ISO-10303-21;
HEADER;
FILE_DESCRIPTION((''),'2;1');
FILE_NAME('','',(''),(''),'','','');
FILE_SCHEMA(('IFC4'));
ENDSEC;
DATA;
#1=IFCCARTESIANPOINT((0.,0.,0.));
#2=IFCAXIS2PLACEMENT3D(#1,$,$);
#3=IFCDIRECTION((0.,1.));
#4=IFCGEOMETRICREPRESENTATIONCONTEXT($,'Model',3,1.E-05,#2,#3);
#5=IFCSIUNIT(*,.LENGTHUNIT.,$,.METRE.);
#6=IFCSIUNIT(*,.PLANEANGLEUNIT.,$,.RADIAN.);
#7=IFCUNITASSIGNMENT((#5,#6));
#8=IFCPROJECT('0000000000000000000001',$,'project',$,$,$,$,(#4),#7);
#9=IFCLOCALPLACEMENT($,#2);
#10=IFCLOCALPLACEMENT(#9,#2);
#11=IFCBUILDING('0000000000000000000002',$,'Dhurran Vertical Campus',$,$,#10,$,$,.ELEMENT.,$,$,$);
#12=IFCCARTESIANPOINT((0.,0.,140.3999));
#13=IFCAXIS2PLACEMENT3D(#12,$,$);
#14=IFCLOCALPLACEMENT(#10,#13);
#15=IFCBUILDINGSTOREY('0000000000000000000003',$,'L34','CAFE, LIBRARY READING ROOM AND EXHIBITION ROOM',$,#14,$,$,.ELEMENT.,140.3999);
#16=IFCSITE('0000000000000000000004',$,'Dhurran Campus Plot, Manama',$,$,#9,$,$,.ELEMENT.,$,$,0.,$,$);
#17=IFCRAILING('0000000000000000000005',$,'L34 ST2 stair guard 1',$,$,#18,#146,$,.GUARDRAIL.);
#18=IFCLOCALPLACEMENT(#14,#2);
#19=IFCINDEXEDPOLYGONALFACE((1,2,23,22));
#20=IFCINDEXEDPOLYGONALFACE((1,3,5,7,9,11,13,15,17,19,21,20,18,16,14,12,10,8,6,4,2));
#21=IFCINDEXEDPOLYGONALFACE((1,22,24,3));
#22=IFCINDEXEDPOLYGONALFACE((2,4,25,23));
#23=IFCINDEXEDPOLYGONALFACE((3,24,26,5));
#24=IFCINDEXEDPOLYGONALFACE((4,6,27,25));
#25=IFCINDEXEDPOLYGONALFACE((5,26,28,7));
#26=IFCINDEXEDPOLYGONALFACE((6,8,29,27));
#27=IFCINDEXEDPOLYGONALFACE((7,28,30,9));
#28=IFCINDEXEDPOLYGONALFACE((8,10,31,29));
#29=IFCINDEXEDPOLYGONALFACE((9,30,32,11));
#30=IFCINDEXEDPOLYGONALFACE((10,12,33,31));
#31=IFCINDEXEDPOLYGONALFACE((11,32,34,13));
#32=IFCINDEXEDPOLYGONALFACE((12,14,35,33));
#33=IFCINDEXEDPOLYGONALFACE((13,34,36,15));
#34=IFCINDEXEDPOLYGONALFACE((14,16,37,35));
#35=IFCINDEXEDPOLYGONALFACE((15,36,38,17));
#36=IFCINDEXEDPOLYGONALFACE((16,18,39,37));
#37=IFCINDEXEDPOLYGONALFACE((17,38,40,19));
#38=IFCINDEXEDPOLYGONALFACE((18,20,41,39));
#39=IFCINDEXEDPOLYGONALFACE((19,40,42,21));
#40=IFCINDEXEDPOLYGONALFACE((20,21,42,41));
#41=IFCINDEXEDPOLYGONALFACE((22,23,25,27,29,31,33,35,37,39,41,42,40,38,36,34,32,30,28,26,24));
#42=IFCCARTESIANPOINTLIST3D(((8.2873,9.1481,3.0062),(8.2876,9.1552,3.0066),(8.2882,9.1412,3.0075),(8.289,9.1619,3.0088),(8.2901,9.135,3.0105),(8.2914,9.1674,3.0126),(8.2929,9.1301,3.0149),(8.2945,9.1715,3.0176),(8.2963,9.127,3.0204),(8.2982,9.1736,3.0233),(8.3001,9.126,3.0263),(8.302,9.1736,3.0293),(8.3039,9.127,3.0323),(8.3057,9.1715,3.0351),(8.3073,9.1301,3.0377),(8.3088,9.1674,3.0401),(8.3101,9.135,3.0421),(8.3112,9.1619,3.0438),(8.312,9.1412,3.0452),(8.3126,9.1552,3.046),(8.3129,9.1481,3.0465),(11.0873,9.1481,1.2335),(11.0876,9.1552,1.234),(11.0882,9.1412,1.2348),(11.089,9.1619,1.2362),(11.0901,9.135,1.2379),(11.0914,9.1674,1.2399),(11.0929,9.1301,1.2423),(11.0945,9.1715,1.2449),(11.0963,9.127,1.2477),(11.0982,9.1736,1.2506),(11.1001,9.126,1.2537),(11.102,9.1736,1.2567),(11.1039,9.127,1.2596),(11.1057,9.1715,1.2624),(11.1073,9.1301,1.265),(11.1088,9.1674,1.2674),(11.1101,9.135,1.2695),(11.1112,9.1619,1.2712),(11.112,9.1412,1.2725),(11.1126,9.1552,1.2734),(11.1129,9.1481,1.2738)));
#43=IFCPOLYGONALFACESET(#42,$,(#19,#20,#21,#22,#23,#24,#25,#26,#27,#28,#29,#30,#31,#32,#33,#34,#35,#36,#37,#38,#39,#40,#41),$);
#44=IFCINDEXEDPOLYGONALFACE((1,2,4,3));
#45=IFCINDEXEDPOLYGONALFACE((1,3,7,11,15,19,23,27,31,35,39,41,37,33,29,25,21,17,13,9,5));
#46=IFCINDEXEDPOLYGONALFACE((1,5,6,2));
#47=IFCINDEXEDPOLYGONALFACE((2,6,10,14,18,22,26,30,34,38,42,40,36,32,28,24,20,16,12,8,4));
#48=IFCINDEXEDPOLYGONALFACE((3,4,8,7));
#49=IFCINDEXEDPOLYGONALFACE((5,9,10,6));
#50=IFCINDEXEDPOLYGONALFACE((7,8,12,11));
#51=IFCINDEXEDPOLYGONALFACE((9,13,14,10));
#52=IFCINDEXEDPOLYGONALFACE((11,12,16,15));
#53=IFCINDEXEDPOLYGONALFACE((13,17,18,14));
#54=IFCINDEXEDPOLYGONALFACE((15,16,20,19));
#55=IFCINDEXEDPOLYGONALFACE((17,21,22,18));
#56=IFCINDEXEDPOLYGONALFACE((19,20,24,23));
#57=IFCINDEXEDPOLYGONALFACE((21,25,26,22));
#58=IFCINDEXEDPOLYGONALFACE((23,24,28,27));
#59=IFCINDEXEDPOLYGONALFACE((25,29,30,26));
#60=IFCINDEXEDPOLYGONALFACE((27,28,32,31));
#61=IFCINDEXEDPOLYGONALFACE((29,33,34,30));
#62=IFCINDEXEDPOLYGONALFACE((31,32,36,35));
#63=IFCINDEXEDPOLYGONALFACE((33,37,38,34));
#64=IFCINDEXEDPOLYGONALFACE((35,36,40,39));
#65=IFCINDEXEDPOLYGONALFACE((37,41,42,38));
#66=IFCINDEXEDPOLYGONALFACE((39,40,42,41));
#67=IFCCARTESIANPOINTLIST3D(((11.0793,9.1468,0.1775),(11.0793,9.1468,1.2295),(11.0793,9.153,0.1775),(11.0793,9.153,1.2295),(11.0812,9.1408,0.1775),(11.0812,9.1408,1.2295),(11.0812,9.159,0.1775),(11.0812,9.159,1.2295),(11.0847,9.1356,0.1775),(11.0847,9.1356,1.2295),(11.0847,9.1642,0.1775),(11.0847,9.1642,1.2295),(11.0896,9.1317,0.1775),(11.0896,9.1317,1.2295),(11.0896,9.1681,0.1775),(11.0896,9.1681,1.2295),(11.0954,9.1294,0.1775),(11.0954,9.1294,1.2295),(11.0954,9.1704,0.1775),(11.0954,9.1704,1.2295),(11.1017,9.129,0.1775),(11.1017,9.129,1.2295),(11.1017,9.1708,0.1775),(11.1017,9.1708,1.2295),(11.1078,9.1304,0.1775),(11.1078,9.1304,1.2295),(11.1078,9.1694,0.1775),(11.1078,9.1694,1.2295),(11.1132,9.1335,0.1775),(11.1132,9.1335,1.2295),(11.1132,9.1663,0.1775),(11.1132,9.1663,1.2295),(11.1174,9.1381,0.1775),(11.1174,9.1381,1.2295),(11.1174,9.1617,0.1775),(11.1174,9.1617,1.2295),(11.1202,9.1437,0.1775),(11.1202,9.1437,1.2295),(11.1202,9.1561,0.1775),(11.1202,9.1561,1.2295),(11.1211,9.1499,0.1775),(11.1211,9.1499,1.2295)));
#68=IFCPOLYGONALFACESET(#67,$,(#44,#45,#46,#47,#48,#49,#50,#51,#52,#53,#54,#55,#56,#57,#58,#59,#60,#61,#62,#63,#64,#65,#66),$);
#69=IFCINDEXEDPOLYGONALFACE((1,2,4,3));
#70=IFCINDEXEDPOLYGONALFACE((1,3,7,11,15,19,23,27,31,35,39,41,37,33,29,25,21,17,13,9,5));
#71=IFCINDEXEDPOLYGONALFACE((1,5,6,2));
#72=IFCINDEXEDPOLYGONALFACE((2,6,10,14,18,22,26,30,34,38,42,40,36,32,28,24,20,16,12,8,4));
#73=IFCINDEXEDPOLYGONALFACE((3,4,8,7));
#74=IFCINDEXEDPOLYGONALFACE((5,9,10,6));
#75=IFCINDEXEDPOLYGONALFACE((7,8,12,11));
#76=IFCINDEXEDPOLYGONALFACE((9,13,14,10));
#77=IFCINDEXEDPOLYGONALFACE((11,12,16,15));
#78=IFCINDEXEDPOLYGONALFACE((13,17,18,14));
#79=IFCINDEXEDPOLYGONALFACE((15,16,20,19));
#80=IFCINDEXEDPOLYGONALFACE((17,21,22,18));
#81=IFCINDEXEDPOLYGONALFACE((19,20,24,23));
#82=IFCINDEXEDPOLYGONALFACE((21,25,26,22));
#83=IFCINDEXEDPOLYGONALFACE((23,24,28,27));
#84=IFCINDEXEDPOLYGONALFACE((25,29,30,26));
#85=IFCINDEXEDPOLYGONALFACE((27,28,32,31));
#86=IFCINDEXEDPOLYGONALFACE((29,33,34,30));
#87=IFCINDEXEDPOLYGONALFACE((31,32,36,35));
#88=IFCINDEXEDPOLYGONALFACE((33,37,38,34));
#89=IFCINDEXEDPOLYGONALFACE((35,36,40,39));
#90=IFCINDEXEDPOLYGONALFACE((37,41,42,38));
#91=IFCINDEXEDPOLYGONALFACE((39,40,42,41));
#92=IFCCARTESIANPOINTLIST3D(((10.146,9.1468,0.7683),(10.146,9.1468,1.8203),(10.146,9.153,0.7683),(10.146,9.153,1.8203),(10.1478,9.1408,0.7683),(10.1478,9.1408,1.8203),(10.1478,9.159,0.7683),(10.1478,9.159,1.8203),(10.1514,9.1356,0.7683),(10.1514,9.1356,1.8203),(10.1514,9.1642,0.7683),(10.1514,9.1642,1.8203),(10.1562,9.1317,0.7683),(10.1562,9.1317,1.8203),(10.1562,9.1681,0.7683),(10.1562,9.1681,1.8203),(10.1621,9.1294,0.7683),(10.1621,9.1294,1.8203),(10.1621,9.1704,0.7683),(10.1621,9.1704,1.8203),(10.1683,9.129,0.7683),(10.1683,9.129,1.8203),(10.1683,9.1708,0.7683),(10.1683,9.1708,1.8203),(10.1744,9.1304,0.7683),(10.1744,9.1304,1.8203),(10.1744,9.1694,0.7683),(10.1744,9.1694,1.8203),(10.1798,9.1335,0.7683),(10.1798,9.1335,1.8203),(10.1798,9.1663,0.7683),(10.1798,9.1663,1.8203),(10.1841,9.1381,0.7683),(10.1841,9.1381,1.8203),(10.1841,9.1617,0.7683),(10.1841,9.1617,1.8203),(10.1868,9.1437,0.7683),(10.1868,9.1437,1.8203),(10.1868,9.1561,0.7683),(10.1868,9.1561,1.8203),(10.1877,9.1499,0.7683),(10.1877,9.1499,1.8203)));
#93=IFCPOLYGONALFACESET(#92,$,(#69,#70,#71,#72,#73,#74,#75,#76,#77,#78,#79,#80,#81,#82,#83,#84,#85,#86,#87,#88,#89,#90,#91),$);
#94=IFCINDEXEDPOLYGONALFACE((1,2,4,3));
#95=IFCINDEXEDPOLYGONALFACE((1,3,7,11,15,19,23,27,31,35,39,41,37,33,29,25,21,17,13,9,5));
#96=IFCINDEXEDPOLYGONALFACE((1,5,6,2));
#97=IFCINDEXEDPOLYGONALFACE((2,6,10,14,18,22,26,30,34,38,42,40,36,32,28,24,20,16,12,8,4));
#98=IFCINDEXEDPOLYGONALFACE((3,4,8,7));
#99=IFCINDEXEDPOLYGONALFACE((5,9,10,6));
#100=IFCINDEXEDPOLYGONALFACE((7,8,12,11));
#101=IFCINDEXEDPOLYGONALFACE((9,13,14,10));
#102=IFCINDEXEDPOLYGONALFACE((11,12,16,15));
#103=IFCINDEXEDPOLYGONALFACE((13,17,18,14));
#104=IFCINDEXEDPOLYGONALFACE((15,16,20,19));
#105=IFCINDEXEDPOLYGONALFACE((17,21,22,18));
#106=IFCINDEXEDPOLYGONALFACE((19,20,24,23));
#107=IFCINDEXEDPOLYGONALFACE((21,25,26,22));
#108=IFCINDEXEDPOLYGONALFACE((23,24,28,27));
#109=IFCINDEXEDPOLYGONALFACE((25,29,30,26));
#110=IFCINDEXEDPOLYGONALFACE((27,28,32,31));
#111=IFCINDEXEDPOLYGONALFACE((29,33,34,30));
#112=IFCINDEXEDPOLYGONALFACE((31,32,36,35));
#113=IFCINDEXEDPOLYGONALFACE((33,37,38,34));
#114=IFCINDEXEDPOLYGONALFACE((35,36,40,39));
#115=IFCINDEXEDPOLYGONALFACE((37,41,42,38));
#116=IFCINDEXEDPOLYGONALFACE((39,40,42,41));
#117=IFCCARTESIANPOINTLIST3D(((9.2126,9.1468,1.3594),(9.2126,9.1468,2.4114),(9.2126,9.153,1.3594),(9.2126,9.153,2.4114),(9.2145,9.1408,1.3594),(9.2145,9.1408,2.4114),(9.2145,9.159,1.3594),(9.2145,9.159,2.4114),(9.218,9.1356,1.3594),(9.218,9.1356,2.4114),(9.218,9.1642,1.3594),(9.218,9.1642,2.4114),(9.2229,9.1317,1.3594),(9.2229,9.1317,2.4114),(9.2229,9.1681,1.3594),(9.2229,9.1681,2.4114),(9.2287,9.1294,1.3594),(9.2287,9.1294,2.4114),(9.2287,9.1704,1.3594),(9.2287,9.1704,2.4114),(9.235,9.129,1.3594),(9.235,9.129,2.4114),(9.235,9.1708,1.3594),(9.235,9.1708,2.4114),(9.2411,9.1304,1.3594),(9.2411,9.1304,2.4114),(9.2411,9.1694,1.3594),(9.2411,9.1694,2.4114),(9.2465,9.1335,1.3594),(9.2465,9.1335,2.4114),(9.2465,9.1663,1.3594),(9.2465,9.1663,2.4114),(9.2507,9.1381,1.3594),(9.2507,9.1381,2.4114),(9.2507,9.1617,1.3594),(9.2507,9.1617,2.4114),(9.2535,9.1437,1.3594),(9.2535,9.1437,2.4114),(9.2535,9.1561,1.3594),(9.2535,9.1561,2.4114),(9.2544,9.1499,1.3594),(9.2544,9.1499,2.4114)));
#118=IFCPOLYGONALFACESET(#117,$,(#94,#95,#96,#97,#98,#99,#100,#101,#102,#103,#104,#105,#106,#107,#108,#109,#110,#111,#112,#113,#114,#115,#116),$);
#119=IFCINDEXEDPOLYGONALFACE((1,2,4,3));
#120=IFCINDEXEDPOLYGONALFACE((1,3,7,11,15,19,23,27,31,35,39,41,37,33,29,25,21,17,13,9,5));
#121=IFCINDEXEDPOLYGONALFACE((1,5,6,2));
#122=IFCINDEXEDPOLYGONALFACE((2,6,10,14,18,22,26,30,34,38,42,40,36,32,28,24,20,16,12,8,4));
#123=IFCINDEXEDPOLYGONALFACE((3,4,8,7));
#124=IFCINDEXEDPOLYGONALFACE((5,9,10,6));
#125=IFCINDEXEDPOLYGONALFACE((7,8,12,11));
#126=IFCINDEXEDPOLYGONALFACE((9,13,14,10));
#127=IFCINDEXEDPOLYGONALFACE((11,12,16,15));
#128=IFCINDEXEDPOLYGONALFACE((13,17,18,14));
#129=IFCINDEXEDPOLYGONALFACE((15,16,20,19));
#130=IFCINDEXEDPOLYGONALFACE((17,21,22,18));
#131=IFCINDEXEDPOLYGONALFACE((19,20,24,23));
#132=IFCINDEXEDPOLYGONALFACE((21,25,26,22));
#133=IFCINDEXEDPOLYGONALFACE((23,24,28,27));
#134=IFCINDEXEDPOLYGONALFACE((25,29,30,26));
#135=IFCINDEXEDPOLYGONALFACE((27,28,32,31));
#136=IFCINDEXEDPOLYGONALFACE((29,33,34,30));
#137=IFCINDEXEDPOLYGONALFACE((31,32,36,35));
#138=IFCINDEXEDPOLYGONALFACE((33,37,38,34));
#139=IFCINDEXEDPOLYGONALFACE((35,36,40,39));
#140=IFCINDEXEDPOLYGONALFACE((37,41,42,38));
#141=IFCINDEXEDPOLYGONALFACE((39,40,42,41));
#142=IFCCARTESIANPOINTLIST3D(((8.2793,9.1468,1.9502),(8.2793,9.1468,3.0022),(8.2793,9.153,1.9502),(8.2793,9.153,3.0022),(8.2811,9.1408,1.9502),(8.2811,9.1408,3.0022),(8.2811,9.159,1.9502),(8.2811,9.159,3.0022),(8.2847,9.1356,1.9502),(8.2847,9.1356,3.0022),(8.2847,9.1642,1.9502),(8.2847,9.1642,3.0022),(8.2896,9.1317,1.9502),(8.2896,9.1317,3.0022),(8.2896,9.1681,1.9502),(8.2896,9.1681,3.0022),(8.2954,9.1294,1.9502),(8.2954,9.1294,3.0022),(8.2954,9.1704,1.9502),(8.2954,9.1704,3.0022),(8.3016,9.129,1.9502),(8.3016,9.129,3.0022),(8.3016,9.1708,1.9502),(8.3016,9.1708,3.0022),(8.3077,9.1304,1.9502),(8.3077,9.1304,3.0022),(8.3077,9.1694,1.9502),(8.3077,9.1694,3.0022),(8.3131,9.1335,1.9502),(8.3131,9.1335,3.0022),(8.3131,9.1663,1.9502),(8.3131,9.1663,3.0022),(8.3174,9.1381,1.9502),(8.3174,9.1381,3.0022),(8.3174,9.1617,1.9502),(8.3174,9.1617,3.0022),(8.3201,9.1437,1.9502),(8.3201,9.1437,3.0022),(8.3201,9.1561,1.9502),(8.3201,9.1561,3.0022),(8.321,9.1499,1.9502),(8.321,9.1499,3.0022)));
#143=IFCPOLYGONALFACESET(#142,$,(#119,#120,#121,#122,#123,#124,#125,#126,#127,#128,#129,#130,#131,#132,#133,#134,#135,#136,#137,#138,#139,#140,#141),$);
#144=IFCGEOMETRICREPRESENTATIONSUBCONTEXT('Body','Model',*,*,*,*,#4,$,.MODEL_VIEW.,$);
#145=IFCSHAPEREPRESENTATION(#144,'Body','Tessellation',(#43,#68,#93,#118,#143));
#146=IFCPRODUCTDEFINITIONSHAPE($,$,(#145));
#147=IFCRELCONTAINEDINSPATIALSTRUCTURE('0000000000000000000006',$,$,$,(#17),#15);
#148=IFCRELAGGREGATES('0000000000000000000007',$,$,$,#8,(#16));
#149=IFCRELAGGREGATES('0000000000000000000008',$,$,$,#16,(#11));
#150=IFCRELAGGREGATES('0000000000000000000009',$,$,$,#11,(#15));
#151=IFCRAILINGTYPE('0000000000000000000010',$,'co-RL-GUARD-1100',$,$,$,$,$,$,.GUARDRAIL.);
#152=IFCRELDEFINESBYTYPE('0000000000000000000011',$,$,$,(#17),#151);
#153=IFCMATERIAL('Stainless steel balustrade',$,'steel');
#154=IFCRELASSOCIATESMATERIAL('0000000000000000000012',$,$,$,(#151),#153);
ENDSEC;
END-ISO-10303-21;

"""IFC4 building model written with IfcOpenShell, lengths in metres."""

from ifc_helpers import new_model, si_unit, direction, frame, origin, origin_2d, place, context, subcontext, project, spatial, circle, extrude, material, type_object, element, save


model = new_model("IFC4")

# Units and contexts
model_context = context("Model", 3, precision=1e-05, world=origin(), true_north=direction((0.0, 1.0)))
body_context = subcontext(model_context, "Body", "Model", "MODEL_VIEW")
ifc_project = project(units=[si_unit("LENGTHUNIT", "METRE"), si_unit("PLANEANGLEUNIT", "RADIAN")], contexts=[model_context])

# Site, building, storey
site_placement = place(None, origin())
site = spatial("IfcSite", under=ifc_project, at=site_placement, Name="Dhurran Campus Plot, Manama", CompositionType="ELEMENT", RefElevation=0.0)
building_placement = place(site_placement, origin())
building = spatial("IfcBuilding", under=site, at=building_placement, Name="Dhurran Vertical Campus", CompositionType="ELEMENT")
storey_placement = place(building_placement, frame((0.0, 0.0, 140.3999)))
storey = spatial("IfcBuildingStorey", under=building, at=storey_placement, Name="L34", Description="CAFE, LIBRARY READING ROOM AND EXHIBITION ROOM", CompositionType="ELEMENT", Elevation=140.3999)

# Railing
ifc_material_1 = material(Name="Stainless steel balustrade", Category="steel")
railing_type_1 = type_object("IfcRailingType", Name="co-RL-GUARD-1100", PredefinedType="GUARDRAIL", material=ifc_material_1)
railing_1_placement = place(storey_placement, frame((11.1001, 9.1499, 0.1775)))
element("IfcRailing", 1, at=railing_1_placement, inside=storey, type_object=railing_type_1, Name="L34 ST2 stair guard 1", PredefinedType="GUARDRAIL", context=body_context, shape_type="SweptSolid", body=[
    extrude(circle(Radius=0.0239, at=origin_2d()), frame((0.0, 0.0, 1.0762), z_axis=(-0.844909, 0.0, 0.53491), x_axis=(0.0, -1.0, 0.0)), (0.0, 0.0, 1.0), 3.314),
    extrude(circle(Radius=0.021, at=origin_2d()), origin(), (0.0, 0.0, 1.0), 1.052),
    extrude(circle(Radius=0.021, at=origin_2d()), frame((-0.9333, 0.0, 0.5908)), (0.0, 0.0, 1.0), 1.052),
    extrude(circle(Radius=0.021, at=origin_2d()), frame((-1.8667, 0.0, 1.1819)), (0.0, 0.0, 1.0), 1.052),
    extrude(circle(Radius=0.021, at=origin_2d()), frame((-2.8, 0.0, 1.7727)), (0.0, 0.0, 1.0), 1.052),
])

save(model, "model.ifc")
